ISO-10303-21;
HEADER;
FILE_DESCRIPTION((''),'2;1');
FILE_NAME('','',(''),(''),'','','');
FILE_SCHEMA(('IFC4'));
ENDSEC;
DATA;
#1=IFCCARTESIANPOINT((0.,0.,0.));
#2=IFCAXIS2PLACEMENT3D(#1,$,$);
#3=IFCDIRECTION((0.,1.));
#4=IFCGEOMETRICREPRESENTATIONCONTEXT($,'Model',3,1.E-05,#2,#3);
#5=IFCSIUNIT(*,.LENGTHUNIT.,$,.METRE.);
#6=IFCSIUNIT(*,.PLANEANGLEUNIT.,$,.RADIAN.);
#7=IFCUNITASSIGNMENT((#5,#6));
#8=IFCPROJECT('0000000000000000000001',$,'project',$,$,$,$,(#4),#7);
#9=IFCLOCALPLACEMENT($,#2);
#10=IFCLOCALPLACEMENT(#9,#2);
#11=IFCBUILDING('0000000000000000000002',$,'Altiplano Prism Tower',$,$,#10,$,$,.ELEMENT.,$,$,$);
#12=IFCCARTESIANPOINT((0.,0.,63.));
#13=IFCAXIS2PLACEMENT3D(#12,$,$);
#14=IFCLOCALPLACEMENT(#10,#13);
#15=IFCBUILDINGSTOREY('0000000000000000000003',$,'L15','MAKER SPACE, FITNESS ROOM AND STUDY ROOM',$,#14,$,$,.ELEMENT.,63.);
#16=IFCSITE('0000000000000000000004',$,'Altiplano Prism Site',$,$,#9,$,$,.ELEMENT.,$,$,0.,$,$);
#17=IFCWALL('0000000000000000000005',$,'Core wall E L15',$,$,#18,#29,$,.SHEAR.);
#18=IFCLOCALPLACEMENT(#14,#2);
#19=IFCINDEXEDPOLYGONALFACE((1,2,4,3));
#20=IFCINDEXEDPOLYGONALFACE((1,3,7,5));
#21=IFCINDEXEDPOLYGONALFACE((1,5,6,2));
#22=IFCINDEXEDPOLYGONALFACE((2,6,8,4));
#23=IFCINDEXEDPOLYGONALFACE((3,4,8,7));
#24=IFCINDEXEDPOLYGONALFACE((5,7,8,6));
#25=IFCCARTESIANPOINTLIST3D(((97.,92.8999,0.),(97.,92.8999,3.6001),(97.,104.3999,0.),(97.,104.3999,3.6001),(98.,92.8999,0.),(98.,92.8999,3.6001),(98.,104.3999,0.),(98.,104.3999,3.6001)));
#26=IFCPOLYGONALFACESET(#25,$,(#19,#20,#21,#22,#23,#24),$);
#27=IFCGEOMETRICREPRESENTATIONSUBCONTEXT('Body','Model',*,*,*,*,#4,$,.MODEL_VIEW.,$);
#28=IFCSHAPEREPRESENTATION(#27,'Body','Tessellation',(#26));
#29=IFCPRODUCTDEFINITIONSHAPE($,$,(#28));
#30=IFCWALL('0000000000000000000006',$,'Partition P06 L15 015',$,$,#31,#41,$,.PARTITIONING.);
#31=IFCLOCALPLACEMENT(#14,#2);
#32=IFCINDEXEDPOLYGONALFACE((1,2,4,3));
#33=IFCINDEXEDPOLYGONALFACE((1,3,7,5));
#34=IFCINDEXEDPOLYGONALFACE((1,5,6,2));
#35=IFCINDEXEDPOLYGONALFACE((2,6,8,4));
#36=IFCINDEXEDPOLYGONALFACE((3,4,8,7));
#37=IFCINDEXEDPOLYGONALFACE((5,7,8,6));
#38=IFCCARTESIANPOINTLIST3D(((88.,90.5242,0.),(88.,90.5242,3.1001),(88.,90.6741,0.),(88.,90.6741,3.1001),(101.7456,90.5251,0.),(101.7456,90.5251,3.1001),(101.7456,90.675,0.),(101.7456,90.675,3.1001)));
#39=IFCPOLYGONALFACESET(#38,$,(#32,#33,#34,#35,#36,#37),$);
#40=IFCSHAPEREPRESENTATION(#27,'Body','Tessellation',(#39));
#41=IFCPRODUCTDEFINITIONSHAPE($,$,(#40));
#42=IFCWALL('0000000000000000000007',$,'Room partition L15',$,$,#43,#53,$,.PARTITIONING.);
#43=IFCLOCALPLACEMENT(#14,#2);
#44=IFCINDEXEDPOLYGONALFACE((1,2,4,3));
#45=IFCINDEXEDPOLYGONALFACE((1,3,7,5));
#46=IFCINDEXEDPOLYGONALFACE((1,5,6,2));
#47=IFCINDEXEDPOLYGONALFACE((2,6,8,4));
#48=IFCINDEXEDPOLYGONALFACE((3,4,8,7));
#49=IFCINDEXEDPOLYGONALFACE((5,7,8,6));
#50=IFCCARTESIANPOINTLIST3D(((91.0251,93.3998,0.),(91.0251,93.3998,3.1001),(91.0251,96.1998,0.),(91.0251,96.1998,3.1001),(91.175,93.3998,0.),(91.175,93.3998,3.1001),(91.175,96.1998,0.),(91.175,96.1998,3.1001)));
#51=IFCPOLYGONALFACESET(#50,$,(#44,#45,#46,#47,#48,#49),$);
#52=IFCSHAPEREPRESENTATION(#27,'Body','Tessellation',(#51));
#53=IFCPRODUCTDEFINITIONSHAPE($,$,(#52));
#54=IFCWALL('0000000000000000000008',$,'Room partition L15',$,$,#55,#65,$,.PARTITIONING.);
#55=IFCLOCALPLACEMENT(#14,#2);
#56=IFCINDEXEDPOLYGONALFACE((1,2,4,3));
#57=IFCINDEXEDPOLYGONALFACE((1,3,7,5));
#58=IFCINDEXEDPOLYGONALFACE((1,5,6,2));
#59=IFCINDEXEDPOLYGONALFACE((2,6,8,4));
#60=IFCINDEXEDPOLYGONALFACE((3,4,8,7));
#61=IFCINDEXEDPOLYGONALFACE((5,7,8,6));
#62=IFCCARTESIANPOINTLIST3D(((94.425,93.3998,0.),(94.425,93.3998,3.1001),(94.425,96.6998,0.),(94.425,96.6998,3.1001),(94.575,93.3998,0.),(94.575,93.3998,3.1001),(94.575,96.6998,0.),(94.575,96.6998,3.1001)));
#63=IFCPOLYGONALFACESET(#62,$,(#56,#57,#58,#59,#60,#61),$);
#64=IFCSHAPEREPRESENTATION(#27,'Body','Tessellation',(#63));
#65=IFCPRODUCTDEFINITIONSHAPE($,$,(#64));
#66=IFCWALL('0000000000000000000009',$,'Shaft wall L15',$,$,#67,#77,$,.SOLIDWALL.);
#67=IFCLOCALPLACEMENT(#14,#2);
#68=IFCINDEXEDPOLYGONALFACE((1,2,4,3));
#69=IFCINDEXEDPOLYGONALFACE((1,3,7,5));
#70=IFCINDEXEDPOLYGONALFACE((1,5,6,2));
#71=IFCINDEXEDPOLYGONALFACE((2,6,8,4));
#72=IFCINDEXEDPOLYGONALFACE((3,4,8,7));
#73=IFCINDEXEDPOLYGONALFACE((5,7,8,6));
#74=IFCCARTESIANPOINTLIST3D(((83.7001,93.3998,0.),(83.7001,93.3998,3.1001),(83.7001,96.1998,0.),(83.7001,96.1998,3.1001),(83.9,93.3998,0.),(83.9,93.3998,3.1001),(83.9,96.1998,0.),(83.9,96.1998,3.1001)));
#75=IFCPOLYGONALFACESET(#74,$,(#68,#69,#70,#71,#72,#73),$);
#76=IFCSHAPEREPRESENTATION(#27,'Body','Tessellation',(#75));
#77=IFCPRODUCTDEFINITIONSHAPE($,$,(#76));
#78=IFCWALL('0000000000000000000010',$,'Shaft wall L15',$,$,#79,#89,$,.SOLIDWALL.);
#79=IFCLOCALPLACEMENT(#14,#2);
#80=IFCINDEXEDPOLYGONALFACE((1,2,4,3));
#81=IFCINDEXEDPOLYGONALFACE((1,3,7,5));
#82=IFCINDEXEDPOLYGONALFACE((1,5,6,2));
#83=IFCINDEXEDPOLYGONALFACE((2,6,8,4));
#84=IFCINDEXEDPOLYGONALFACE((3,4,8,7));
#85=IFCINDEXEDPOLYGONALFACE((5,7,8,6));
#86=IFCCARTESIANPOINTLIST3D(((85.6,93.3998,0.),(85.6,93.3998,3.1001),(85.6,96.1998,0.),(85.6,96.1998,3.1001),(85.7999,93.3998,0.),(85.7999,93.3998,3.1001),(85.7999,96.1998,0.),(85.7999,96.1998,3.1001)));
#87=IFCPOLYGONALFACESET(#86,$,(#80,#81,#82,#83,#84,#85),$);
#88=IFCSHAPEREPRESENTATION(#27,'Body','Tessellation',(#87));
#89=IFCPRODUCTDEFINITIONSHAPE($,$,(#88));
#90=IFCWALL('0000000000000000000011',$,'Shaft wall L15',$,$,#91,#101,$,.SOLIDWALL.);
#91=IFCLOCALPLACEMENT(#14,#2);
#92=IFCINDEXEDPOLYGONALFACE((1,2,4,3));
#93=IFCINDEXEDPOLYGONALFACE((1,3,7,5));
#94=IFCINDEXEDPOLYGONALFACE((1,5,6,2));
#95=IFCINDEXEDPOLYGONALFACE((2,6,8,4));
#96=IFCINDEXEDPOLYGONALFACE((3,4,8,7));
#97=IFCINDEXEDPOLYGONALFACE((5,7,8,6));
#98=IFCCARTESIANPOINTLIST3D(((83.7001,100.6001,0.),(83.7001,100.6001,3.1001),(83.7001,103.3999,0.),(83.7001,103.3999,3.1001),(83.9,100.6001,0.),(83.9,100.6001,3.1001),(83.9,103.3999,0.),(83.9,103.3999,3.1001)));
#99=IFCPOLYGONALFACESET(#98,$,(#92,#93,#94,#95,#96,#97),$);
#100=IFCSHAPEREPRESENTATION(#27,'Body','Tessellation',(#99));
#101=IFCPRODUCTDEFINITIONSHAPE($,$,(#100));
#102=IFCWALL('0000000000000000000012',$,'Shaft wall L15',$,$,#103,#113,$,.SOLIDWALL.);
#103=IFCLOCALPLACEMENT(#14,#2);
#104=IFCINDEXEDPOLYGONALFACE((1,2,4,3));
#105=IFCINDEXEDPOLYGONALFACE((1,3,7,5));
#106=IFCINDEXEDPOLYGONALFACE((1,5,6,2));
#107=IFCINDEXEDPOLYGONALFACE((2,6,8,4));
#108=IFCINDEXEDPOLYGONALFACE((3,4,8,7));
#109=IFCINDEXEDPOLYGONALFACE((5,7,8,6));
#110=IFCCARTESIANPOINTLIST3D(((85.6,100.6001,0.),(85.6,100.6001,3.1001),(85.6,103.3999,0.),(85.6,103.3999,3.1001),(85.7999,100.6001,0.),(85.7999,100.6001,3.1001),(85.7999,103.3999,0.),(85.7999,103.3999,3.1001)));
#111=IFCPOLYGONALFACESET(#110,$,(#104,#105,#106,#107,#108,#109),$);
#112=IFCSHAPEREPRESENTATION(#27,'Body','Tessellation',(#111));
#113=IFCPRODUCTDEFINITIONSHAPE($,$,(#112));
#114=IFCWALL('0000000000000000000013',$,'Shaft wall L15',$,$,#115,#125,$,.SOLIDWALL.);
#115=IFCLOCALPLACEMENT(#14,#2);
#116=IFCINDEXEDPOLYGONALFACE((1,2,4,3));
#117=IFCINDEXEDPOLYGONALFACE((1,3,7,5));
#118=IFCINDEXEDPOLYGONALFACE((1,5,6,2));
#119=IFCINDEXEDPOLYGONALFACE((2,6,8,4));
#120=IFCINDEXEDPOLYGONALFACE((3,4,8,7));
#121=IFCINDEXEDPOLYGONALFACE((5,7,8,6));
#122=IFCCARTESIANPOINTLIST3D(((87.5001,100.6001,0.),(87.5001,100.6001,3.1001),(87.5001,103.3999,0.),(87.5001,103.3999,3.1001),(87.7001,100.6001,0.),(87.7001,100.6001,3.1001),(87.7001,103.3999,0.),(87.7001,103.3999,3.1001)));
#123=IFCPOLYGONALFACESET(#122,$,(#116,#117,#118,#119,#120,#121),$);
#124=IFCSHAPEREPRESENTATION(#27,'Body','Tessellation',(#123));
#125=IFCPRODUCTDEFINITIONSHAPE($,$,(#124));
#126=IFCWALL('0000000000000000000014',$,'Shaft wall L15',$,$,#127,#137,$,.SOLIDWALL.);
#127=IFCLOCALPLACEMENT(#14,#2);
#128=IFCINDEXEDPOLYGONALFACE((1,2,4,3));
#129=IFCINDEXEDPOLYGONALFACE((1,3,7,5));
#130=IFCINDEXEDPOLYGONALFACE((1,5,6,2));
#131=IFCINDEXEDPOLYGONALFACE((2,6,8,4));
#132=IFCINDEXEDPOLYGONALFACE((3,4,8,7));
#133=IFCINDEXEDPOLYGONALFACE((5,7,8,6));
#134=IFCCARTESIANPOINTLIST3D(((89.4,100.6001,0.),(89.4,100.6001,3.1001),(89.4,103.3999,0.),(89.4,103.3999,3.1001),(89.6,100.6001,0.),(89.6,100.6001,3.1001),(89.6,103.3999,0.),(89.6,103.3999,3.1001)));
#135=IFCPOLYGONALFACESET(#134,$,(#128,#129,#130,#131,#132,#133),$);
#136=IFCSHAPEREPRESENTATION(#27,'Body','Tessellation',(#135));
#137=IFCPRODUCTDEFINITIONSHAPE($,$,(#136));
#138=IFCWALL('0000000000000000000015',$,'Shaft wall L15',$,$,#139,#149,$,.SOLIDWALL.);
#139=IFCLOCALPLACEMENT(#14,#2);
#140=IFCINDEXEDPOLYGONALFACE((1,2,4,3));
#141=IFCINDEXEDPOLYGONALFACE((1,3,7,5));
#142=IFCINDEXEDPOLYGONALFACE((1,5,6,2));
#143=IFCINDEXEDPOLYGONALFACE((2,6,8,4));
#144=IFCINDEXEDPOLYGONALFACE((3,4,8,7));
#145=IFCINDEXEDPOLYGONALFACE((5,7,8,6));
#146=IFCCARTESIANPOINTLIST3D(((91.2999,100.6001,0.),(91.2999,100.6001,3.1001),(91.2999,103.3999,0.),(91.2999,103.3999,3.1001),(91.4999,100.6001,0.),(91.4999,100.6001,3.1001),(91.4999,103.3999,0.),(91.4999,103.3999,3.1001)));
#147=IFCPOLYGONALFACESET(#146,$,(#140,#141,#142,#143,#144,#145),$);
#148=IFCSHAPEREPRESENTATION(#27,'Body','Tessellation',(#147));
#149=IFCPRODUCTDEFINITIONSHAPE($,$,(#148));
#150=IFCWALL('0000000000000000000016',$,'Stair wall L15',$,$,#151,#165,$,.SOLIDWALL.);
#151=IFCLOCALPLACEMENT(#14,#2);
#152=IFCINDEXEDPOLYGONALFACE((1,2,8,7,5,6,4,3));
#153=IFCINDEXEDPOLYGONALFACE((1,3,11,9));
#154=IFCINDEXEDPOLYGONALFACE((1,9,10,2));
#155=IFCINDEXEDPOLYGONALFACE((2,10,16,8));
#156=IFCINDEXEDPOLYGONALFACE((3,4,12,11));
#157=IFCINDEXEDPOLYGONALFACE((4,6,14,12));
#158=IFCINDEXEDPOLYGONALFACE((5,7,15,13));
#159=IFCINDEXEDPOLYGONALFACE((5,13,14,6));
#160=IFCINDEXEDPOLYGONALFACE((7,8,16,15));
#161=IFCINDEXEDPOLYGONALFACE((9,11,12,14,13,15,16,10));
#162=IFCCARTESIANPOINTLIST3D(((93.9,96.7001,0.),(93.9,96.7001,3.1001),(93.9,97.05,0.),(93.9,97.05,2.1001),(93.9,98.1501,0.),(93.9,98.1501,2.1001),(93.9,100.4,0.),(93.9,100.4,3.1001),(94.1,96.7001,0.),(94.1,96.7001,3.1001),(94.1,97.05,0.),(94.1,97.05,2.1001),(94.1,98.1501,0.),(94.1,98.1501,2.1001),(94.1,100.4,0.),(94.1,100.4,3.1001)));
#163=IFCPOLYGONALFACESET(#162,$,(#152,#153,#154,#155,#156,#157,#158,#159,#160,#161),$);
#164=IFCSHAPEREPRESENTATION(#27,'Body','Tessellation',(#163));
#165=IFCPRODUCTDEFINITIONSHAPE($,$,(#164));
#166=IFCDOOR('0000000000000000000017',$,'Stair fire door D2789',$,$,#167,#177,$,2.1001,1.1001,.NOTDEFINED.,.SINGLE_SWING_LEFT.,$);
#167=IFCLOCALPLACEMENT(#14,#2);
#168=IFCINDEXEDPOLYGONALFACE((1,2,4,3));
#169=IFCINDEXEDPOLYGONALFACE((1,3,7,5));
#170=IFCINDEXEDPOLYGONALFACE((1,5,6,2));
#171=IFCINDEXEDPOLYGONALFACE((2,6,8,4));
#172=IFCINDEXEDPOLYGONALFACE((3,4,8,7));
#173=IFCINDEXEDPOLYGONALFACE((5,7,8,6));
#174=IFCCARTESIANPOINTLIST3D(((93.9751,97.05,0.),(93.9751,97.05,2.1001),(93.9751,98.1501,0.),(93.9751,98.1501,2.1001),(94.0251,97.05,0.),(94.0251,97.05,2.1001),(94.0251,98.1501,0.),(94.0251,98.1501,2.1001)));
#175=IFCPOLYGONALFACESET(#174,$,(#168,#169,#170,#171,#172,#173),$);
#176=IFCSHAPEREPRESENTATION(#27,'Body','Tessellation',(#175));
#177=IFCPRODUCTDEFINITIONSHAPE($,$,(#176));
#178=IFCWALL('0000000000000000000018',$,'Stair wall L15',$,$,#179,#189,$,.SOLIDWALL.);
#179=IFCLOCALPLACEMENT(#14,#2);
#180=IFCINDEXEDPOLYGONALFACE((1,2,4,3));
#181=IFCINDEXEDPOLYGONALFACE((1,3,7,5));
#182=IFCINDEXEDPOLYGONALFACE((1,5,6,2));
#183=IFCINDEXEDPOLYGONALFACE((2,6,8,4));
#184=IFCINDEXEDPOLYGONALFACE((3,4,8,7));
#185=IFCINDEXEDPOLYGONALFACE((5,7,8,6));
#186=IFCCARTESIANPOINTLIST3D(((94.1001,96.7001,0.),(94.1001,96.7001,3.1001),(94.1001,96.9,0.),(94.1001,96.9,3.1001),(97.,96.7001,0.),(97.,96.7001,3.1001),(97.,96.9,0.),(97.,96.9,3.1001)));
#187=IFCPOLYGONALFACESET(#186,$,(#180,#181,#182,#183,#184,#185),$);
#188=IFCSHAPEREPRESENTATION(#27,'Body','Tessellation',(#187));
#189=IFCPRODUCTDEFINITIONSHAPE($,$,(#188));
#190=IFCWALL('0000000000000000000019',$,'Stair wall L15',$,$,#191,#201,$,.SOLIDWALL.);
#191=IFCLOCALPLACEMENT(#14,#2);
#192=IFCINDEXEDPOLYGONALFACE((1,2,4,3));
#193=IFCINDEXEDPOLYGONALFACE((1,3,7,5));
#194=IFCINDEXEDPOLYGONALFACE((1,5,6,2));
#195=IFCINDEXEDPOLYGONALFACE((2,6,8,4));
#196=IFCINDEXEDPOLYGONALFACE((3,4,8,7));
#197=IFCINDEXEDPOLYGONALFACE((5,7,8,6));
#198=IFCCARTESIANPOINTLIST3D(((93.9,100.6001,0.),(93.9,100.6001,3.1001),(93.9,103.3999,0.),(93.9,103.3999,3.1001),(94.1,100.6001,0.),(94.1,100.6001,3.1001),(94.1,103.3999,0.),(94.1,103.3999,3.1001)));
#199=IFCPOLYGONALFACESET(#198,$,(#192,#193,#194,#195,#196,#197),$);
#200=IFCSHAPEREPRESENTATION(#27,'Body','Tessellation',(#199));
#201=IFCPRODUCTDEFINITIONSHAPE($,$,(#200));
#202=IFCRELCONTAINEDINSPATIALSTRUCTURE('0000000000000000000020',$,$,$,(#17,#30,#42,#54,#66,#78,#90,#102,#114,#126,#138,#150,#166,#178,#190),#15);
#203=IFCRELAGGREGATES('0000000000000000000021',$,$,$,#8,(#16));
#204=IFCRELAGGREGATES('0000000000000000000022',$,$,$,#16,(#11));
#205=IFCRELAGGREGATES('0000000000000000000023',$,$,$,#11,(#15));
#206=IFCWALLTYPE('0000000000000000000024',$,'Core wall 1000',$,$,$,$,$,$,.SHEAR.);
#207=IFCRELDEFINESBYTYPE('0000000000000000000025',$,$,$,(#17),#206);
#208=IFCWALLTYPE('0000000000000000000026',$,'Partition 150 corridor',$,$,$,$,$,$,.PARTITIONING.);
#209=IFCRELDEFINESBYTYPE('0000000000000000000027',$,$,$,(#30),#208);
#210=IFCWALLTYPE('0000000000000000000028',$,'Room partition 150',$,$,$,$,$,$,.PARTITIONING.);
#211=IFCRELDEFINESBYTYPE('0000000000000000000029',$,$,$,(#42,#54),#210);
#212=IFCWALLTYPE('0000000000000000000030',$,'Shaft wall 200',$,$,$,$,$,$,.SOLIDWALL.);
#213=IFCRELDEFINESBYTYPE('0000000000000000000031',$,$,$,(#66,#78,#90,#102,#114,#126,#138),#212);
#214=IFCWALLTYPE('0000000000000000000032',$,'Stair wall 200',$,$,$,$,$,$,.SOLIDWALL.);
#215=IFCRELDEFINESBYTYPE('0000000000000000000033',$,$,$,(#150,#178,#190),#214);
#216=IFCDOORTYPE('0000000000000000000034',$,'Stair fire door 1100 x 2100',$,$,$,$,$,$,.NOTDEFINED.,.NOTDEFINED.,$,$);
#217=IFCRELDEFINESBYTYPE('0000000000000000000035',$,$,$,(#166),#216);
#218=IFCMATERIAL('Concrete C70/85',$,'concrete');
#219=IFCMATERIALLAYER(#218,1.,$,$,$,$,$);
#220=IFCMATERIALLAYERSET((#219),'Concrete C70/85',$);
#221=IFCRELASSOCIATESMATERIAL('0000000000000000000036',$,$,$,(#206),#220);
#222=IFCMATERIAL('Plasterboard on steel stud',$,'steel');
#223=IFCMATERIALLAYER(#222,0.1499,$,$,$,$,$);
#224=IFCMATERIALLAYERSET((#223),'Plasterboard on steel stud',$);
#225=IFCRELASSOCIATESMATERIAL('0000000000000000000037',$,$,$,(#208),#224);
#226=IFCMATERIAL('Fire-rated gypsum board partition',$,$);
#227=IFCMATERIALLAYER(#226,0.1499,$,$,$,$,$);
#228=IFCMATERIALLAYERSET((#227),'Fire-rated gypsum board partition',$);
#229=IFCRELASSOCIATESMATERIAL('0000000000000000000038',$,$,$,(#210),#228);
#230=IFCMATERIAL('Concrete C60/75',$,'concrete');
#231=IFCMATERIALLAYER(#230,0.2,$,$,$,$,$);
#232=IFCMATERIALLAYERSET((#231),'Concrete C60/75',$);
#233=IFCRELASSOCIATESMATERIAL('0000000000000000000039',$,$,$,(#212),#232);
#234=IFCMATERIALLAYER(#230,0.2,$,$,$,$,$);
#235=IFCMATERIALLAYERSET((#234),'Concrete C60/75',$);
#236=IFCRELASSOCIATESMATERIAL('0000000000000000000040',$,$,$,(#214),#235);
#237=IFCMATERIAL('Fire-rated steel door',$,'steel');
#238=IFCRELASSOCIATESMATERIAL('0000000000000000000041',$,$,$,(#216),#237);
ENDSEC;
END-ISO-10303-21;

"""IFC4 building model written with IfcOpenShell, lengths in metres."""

from ifc_helpers import new_model, si_unit, direction, frame, frame_2d, origin, place, context, subcontext, project, spatial, rectangle, extrude, material, layer, layer_set, type_object, element, fill, save


model = new_model("IFC4")

# Units and contexts
model_context = context("Model", 3, precision=1e-05, world=origin(), true_north=direction((0.0, 1.0)))
body_context = subcontext(model_context, "Body", "Model", "MODEL_VIEW")
ifc_project = project(units=[si_unit("LENGTHUNIT", "METRE"), si_unit("PLANEANGLEUNIT", "RADIAN")], contexts=[model_context])

# Site, building, storey
site_placement = place(None, origin())
site = spatial("IfcSite", under=ifc_project, at=site_placement, Name="Altiplano Prism Site", CompositionType="ELEMENT", RefElevation=0.0)
building_placement = place(site_placement, origin())
building = spatial("IfcBuilding", under=site, at=building_placement, Name="Altiplano Prism Tower", CompositionType="ELEMENT")
storey_placement = place(building_placement, frame((0.0, 0.0, 63.0)))
storey = spatial("IfcBuildingStorey", under=building, at=storey_placement, Name="L15", Description="MAKER SPACE, FITNESS ROOM AND STUDY ROOM", CompositionType="ELEMENT", Elevation=63.0)

# Walls
ifc_material_1 = material(Name="Concrete C70/85", Category="concrete")
ifc_layer_1 = layer(ifc_material_1, 1.0)
ifc_layer_set_1 = layer_set([ifc_layer_1], Name="Concrete C70/85")
wall_type_1 = type_object("IfcWallType", Name="Core wall 1000", PredefinedType="SHEAR", material=ifc_layer_set_1)
wall_1_placement = place(storey_placement, frame((97.5, 92.8999, 0.0), z_axis=(0.0, 0.0, 1.0), x_axis=(0.0, 1.0, 0.0)))
element("IfcWall", 1, at=wall_1_placement, inside=storey, type_object=wall_type_1, Name="Core wall E L15", PredefinedType="SHEAR", context=body_context, shape_type="SweptSolid", body=[
    extrude(rectangle(XDim=11.5, YDim=1.0, at=frame_2d((5.75, 0.0))), origin(), (0.0, 0.0, 1.0), 3.6001),
])
ifc_material_2 = material(Name="Plasterboard on steel stud", Category="steel")
ifc_layer_2 = layer(ifc_material_2, 0.1499)
ifc_layer_set_2 = layer_set([ifc_layer_2], Name="Plasterboard on steel stud")
wall_type_2 = type_object("IfcWallType", Name="Partition 150 corridor", PredefinedType="PARTITIONING", material=ifc_layer_set_2)
wall_2_placement = place(storey_placement, frame((88.0, 90.5991, 0.0), z_axis=(0.0, 0.0, 1.0), x_axis=(1.0, 0.000071, 0.0)))
element("IfcWall", 2, at=wall_2_placement, inside=storey, type_object=wall_type_2, Name="Partition P06 L15 015", PredefinedType="PARTITIONING", context=body_context, shape_type="SweptSolid", body=[
    extrude(rectangle(XDim=13.7456, YDim=0.1499, at=frame_2d((6.8728, 0.0))), origin(), (0.0, 0.0, 1.0), 3.1001),
])
ifc_material_3 = material(Name="Fire-rated gypsum board partition")
ifc_layer_3 = layer(ifc_material_3, 0.1499)
ifc_layer_set_3 = layer_set([ifc_layer_3], Name="Fire-rated gypsum board partition")
wall_type_3 = type_object("IfcWallType", Name="Room partition 150", PredefinedType="PARTITIONING", material=ifc_layer_set_3)
wall_3_placement = place(storey_placement, frame((91.1001, 93.3999, 0.0), z_axis=(0.0, 0.0, 1.0), x_axis=(0.0, 1.0, 0.0)))
element("IfcWall", 3, at=wall_3_placement, inside=storey, type_object=wall_type_3, Name="Room partition L15", PredefinedType="PARTITIONING", context=body_context, shape_type="SweptSolid", body=[
    extrude(rectangle(XDim=2.8, YDim=0.1499, at=frame_2d((1.3999, 0.0))), origin(), (0.0, 0.0, 1.0), 3.1001),
])
wall_4_placement = place(storey_placement, frame((94.5, 93.3999, 0.0), z_axis=(0.0, 0.0, 1.0), x_axis=(0.0, 1.0, 0.0)))
element("IfcWall", 4, at=wall_4_placement, inside=storey, type_object=wall_type_3, Name="Room partition L15", PredefinedType="PARTITIONING", context=body_context, shape_type="SweptSolid", body=[
    extrude(rectangle(XDim=3.3, YDim=0.1499, at=frame_2d((1.6499, 0.0))), origin(), (0.0, 0.0, 1.0), 3.1001),
])
ifc_material_4 = material(Name="Concrete C60/75", Category="concrete")
ifc_layer_4 = layer(ifc_material_4, 0.2)
ifc_layer_set_4 = layer_set([ifc_layer_4], Name="Concrete C60/75")
wall_type_4 = type_object("IfcWallType", Name="Shaft wall 200", PredefinedType="SOLIDWALL", material=ifc_layer_set_4)
for number, where, z_axis, x_axis, name in (
    (5, (83.8, 93.3999, 0.0), (0.0, 0.0, 1.0), (0.0, 1.0, 0.0), "Shaft wall L15"),
    (6, (85.7, 93.3999, 0.0), (0.0, 0.0, 1.0), (0.0, 1.0, 0.0), "Shaft wall L15"),
):
    element("IfcWall", number, at=place(storey_placement, frame(where, z_axis=z_axis, x_axis=x_axis)), inside=storey, type_object=wall_type_4, Name=name, PredefinedType="SOLIDWALL", context=body_context, shape_type="SweptSolid", body=[
        extrude(rectangle(XDim=2.8, YDim=0.2, at=frame_2d((1.3999, 0.0))), origin(), (0.0, 0.0, 1.0), 3.1001),
    ])
for number, where, z_axis, x_axis, name in (
    (7, (83.8, 100.6001, 0.0), (0.0, 0.0, 1.0), (0.0, 1.0, 0.0), "Shaft wall L15"),
    (8, (85.7, 100.6001, 0.0), (0.0, 0.0, 1.0), (0.0, 1.0, 0.0), "Shaft wall L15"),
    (9, (87.6001, 100.6001, 0.0), (0.0, 0.0, 1.0), (0.0, 1.0, 0.0), "Shaft wall L15"),
    (10, (89.5, 100.6001, 0.0), (0.0, 0.0, 1.0), (0.0, 1.0, 0.0), "Shaft wall L15"),
    (11, (91.3999, 100.6001, 0.0), (0.0, 0.0, 1.0), (0.0, 1.0, 0.0), "Shaft wall L15"),
):
    element("IfcWall", number, at=place(storey_placement, frame(where, z_axis=z_axis, x_axis=x_axis)), inside=storey, type_object=wall_type_4, Name=name, PredefinedType="SOLIDWALL", context=body_context, shape_type="SweptSolid", body=[
        extrude(rectangle(XDim=2.7998, YDim=0.2, at=frame_2d((1.3999, 0.0))), origin(), (0.0, 0.0, 1.0), 3.1001),
    ])

# Wall, opening, door
ifc_layer_5 = layer(ifc_material_4, 0.2)
ifc_layer_set_5 = layer_set([ifc_layer_5], Name="Concrete C60/75")
wall_type_5 = type_object("IfcWallType", Name="Stair wall 200", PredefinedType="SOLIDWALL", material=ifc_layer_set_5)
wall_5_placement = place(storey_placement, frame((94.0, 96.7, 0.0), z_axis=(0.0, 0.0, 1.0), x_axis=(0.0, 1.0, 0.0)))
wall_5 = element("IfcWall", 12, at=wall_5_placement, inside=storey, type_object=wall_type_5, Name="Stair wall L15", PredefinedType="SOLIDWALL", context=body_context, shape_type="SweptSolid", body=[
    extrude(rectangle(XDim=3.7, YDim=0.2, at=frame_2d((1.8501, 0.0))), origin(), (0.0, 0.0, 1.0), 3.1001),
])
opening_1_placement = place(wall_5_placement, frame((0.3501, 0.0, 0.0)))
opening_1 = element("IfcOpeningElement", 13, at=opening_1_placement, cuts=wall_5, PredefinedType="OPENING", context=body_context, shape_type="SweptSolid", body=[
    extrude(rectangle(XDim=1.1001, YDim=2.1001, at=frame_2d((0.55, 1.05))), frame((0.0, 0.1104, 0.0), z_axis=(0.0, -1.0, 0.0), x_axis=(1.0, 0.0, 0.0)), (0.0, 0.0, 1.0), 0.2209),
])
ifc_material_5 = material(Name="Fire-rated steel door", Category="steel")
door_type_1 = type_object("IfcDoorType", Name="Stair fire door 1100 x 2100", OperationType="NOTDEFINED", PredefinedType="NOTDEFINED", material=ifc_material_5)
door_1_placement = place(opening_1_placement, origin())
door_1 = element("IfcDoor", 14, at=door_1_placement, inside=storey, type_object=door_type_1, Name="Stair fire door D2789", OperationType="SINGLE_SWING_LEFT", OverallHeight=2.1001, OverallWidth=1.1001, PredefinedType="NOTDEFINED", context=body_context, shape_type="SweptSolid", body=[
    extrude(rectangle(XDim=1.1001, YDim=2.1001, at=frame_2d((0.55, 1.05))), frame((0.0, 0.0249, 0.0), z_axis=(0.0, -1.0, 0.0), x_axis=(1.0, 0.0, 0.0)), (0.0, 0.0, 1.0), 0.05),
])
fill(opening_1, door_1)

# Walls
wall_6_placement = place(storey_placement, frame((94.1001, 96.8, 0.0), z_axis=(0.0, 0.0, 1.0), x_axis=(1.0, 0.0, 0.0)))
element("IfcWall", 15, at=wall_6_placement, inside=storey, type_object=wall_type_5, Name="Stair wall L15", PredefinedType="SOLIDWALL", context=body_context, shape_type="SweptSolid", body=[
    extrude(rectangle(XDim=2.8999, YDim=0.2, at=frame_2d((1.45, 0.0))), origin(), (0.0, 0.0, 1.0), 3.1001),
])
wall_7_placement = place(storey_placement, frame((94.0, 100.6001, 0.0), z_axis=(0.0, 0.0, 1.0), x_axis=(0.0, 1.0, 0.0)))
element("IfcWall", 16, at=wall_7_placement, inside=storey, type_object=wall_type_5, Name="Stair wall L15", PredefinedType="SOLIDWALL", context=body_context, shape_type="SweptSolid", body=[
    extrude(rectangle(XDim=2.7998, YDim=0.2, at=frame_2d((1.3999, 0.0))), origin(), (0.0, 0.0, 1.0), 3.1001),
])

save(model, "model.ifc")
